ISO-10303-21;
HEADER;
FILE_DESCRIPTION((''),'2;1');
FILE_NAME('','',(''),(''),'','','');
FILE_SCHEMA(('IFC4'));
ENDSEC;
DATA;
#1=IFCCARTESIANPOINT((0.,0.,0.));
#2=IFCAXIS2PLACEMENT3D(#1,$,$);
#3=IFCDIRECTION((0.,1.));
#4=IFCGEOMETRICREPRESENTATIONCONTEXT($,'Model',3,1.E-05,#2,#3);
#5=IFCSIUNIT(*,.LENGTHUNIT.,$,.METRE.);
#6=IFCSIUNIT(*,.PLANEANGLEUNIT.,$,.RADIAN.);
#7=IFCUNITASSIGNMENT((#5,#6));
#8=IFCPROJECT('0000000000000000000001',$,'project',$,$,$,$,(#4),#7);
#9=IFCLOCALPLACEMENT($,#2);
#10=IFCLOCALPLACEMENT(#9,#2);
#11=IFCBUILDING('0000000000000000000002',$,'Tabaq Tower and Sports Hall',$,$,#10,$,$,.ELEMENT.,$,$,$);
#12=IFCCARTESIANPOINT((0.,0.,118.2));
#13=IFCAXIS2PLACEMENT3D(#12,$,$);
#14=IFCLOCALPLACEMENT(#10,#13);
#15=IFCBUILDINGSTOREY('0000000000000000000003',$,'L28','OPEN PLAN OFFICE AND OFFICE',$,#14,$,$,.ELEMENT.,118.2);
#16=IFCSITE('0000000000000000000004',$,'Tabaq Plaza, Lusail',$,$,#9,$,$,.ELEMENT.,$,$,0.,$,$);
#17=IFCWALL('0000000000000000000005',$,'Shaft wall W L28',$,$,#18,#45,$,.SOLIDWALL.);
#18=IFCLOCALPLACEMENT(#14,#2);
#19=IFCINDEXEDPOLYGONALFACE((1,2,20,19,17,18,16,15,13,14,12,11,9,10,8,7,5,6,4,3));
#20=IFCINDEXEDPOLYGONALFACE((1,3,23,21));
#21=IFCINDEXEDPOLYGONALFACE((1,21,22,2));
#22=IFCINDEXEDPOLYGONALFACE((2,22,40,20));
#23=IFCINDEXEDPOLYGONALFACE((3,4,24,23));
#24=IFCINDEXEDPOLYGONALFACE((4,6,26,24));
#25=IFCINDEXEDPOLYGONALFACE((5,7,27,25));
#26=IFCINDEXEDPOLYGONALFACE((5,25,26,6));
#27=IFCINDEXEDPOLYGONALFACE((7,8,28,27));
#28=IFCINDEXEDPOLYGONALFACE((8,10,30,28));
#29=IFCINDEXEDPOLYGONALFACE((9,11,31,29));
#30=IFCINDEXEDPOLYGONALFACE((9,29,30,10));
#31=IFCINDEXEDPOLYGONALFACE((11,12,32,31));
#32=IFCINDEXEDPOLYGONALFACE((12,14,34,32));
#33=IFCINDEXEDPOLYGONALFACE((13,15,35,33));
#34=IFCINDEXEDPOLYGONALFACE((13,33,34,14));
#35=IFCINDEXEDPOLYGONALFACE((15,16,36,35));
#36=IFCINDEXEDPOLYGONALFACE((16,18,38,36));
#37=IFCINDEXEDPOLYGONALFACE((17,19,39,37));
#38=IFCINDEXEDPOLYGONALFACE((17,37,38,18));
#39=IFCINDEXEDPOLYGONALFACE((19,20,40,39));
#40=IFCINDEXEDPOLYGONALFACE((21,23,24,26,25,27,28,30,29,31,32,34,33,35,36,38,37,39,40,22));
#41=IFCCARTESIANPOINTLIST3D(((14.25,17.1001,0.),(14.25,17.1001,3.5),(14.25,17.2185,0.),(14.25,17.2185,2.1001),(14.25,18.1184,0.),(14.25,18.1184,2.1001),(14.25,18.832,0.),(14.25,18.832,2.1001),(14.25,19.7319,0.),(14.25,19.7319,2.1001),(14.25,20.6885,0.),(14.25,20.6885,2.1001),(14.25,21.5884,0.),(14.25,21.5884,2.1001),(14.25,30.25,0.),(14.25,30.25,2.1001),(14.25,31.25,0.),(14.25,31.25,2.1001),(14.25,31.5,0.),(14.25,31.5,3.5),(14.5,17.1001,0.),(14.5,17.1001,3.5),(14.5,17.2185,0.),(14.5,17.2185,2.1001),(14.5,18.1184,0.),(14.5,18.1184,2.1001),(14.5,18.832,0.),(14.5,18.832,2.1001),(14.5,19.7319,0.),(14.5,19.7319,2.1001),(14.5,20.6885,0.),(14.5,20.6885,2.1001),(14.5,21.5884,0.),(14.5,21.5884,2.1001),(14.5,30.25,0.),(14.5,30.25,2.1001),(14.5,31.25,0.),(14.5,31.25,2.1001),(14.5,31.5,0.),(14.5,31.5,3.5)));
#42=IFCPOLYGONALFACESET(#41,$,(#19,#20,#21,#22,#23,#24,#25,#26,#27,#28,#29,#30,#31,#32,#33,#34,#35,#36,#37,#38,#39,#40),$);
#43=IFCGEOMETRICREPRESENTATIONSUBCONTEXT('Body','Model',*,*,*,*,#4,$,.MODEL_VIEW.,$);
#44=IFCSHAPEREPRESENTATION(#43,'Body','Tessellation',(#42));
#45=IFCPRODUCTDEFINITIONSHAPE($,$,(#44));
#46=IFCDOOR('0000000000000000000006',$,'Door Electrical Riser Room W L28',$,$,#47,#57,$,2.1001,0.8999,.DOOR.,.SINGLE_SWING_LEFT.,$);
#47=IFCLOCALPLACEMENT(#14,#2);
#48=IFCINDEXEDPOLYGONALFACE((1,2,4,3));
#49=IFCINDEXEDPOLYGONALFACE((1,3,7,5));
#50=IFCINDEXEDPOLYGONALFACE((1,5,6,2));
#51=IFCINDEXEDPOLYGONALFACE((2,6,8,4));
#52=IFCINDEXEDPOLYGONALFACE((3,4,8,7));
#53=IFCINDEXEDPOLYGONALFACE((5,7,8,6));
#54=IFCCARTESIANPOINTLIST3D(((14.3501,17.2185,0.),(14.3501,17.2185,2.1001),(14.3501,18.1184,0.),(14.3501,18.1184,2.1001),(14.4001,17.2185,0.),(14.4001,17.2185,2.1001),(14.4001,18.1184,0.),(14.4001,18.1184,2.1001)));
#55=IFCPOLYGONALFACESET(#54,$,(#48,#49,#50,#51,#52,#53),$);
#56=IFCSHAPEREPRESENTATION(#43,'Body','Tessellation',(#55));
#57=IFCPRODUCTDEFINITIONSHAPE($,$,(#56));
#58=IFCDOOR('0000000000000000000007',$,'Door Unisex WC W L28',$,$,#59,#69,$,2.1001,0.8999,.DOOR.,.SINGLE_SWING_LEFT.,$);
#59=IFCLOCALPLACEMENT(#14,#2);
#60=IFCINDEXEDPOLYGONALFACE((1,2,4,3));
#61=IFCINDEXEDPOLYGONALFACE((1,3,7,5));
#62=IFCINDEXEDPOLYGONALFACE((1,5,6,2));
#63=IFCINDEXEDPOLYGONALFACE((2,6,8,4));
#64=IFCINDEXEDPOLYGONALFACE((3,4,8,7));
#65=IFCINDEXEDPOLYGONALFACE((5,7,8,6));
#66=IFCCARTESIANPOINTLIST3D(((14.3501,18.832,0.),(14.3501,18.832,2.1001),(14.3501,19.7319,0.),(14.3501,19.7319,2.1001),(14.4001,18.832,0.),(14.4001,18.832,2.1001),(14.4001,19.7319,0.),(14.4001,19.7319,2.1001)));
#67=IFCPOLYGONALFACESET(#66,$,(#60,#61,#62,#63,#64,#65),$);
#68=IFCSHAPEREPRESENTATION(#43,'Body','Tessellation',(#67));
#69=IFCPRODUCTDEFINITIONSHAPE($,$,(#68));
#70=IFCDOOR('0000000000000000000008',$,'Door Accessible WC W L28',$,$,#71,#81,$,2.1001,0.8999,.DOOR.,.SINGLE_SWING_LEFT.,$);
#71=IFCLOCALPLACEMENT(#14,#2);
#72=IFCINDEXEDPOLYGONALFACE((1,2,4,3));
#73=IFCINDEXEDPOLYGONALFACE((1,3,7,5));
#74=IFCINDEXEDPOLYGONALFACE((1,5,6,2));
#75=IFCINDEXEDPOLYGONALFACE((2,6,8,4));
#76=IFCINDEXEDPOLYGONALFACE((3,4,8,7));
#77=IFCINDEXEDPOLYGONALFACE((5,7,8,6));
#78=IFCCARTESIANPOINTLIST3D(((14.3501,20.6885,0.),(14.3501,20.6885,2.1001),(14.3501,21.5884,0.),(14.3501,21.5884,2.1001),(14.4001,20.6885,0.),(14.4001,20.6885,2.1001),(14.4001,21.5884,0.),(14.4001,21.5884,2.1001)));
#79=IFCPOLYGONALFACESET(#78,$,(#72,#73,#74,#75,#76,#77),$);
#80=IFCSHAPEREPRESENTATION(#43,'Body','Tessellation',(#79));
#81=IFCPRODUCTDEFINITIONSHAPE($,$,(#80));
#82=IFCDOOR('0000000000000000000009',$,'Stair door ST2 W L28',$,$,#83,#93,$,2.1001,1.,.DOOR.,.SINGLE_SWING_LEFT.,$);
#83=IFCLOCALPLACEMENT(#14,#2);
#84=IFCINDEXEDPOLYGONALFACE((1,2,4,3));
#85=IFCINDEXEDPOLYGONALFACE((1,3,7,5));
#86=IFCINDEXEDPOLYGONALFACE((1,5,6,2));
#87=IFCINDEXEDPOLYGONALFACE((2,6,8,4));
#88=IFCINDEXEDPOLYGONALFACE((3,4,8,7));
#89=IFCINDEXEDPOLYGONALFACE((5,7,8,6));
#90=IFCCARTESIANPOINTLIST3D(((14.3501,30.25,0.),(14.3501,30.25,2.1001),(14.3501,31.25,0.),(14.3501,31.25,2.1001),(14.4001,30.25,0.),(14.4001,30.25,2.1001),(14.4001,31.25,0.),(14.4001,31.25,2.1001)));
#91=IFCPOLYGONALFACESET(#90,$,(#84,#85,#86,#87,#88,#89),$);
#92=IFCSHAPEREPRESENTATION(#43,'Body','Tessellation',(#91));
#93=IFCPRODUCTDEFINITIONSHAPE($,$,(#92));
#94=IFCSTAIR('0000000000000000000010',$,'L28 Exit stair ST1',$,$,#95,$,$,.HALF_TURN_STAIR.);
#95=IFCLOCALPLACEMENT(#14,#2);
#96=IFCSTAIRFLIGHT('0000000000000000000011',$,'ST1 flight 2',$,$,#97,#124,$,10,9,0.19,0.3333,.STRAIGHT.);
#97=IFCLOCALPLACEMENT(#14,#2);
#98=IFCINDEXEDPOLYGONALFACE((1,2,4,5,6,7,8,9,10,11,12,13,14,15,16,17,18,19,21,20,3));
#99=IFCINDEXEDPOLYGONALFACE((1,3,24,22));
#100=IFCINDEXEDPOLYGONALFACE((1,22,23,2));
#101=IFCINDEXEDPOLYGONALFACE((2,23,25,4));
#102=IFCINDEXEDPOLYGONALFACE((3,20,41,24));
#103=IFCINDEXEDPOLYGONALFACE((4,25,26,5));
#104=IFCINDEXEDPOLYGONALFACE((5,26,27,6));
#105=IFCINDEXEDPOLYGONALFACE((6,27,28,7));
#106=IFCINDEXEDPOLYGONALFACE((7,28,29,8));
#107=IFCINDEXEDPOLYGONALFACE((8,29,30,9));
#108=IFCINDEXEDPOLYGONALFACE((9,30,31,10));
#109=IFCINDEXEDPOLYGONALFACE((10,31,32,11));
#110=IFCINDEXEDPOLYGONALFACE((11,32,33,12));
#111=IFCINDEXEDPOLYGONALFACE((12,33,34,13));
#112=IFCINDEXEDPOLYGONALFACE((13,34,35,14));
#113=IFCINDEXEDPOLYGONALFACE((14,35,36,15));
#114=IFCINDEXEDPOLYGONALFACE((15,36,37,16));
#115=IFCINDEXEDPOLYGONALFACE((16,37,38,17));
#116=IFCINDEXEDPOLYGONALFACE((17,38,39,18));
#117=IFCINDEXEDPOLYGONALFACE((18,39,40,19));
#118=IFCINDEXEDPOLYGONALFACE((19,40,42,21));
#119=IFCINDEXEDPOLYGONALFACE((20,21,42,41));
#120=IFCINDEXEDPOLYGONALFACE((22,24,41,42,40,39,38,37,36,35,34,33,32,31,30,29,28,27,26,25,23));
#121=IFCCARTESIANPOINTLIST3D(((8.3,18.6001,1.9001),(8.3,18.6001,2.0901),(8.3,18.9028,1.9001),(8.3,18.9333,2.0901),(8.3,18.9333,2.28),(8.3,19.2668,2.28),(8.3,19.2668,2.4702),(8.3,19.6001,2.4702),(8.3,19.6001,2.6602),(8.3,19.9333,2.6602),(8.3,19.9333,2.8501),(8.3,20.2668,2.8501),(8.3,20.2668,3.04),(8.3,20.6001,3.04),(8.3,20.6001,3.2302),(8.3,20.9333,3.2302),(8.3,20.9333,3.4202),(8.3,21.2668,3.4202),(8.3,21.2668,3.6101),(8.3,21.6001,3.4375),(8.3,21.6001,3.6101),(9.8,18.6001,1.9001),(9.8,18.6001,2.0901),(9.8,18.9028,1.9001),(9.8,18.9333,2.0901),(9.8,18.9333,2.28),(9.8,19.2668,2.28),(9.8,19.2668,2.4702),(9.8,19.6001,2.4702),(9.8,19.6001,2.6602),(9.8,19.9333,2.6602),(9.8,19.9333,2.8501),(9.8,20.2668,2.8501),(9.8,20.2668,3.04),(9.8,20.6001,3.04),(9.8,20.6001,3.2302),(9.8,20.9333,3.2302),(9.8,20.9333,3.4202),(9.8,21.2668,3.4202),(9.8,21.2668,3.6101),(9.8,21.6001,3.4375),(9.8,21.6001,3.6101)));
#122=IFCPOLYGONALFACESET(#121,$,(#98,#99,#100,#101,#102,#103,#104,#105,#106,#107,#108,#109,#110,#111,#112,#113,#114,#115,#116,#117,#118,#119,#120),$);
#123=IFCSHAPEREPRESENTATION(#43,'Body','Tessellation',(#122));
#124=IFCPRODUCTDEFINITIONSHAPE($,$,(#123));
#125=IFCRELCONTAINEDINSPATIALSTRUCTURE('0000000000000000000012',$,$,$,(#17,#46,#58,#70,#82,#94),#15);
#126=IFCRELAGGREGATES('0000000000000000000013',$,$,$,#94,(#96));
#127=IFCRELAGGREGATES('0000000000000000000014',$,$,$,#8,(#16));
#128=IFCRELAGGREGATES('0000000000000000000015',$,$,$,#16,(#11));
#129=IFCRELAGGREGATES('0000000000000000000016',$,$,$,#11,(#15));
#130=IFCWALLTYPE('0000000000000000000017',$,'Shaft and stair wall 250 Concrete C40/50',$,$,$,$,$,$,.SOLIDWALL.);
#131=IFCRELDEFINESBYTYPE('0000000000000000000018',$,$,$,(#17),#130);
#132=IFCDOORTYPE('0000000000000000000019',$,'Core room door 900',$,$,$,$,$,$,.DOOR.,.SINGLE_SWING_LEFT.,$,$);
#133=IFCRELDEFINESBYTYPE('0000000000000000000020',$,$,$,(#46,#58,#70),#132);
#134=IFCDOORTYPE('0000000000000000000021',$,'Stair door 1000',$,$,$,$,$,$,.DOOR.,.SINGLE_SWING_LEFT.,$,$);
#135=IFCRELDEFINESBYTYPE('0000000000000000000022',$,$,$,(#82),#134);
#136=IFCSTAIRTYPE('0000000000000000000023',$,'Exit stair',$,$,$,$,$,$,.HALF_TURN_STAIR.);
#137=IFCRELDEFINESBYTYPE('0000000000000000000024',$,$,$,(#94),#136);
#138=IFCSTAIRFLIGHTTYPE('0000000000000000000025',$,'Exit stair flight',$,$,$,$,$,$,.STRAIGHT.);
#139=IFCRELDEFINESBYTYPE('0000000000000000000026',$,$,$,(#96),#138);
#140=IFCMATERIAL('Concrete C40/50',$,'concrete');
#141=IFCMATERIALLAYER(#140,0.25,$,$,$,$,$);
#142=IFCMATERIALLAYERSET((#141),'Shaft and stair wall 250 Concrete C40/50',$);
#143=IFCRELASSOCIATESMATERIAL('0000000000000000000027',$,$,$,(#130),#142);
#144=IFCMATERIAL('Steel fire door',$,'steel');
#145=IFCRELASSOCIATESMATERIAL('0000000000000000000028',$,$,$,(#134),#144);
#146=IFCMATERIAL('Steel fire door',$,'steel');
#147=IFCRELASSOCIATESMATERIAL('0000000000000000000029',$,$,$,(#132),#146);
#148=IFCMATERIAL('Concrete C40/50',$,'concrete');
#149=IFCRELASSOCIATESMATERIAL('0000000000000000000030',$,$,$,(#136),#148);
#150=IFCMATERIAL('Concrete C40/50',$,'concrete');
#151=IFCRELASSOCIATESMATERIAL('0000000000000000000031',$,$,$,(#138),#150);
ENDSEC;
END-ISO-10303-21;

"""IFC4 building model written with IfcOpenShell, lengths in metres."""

from ifc_helpers import new_model, si_unit, direction, frame, frame_2d, origin, place, context, subcontext, project, spatial, polyline, rectangle, outline, extrude, material, layer, layer_set, type_object, element, fill, aggregate, save


model = new_model("IFC4")

# Units and contexts
model_context = context("Model", 3, precision=1e-05, world=origin(), true_north=direction((0.0, 1.0)))
body_context = subcontext(model_context, "Body", "Model", "MODEL_VIEW")
ifc_project = project(units=[si_unit("LENGTHUNIT", "METRE"), si_unit("PLANEANGLEUNIT", "RADIAN")], contexts=[model_context])

# Site, building, storey
site_placement = place(None, origin())
site = spatial("IfcSite", under=ifc_project, at=site_placement, Name="Tabaq Plaza, Lusail", CompositionType="ELEMENT", RefElevation=0.0)
building_placement = place(site_placement, origin())
building = spatial("IfcBuilding", under=site, at=building_placement, Name="Tabaq Tower and Sports Hall", CompositionType="ELEMENT")
storey_placement = place(building_placement, frame((0.0, 0.0, 118.2)))
storey = spatial("IfcBuildingStorey", under=building, at=storey_placement, Name="L28", Description="OPEN PLAN OFFICE AND OFFICE", CompositionType="ELEMENT", Elevation=118.2)

# Wall, openings, doors
ifc_material_1 = material(Name="Concrete C40/50", Category="concrete")
ifc_layer_1 = layer(ifc_material_1, 0.25)
ifc_layer_set_1 = layer_set([ifc_layer_1], Name="Shaft and stair wall 250 Concrete C40/50")
wall_type_1 = type_object("IfcWallType", Name="Shaft and stair wall 250 Concrete C40/50", PredefinedType="SOLIDWALL", material=ifc_layer_set_1)
ifc_material_2 = material(Name="Steel fire door", Category="steel")
door_type_1 = type_object("IfcDoorType", Name="Stair door 1000", OperationType="SINGLE_SWING_LEFT", PredefinedType="DOOR", material=ifc_material_2)
wall_1_placement = place(storey_placement, frame((14.375, 17.1001, 0.0), z_axis=(0.0, 0.0, 1.0), x_axis=(0.0, 1.0, 0.0)))
wall_1 = element("IfcWall", 1, at=wall_1_placement, inside=storey, type_object=wall_type_1, Name="Shaft wall W L28", PredefinedType="SOLIDWALL", context=body_context, shape_type="SweptSolid", body=[
    extrude(rectangle(XDim=14.3999, YDim=0.25, at=frame_2d((7.2, 0.0))), origin(), (0.0, 0.0, 1.0), 3.5),
])
opening_1_placement = place(wall_1_placement, frame((13.1499, 0.0, 0.0)))
opening_1 = element("IfcOpeningElement", 2, at=opening_1_placement, cuts=wall_1, PredefinedType="OPENING", context=body_context, shape_type="SweptSolid", body=[
    extrude(rectangle(XDim=1.0, YDim=2.1001, at=frame_2d((0.5, 1.05))), frame((0.0, 0.125, 0.0), z_axis=(0.0, -1.0, 0.0), x_axis=(1.0, 0.0, 0.0)), (0.0, 0.0, 1.0), 0.25),
])
opening_2_placement = place(wall_1_placement, frame((0.1184, 0.0, 0.0)))
opening_2 = element("IfcOpeningElement", 3, at=opening_2_placement, cuts=wall_1, PredefinedType="OPENING", context=body_context, shape_type="SweptSolid", body=[
    extrude(rectangle(XDim=0.8999, YDim=2.1001, at=frame_2d((0.45, 1.05))), frame((0.0, 0.125, 0.0), z_axis=(0.0, -1.0, 0.0), x_axis=(1.0, 0.0, 0.0)), (0.0, 0.0, 1.0), 0.25),
])
opening_3_placement = place(wall_1_placement, frame((1.7319, 0.0, 0.0)))
opening_3 = element("IfcOpeningElement", 4, at=opening_3_placement, cuts=wall_1, PredefinedType="OPENING", context=body_context, shape_type="SweptSolid", body=[
    extrude(rectangle(XDim=0.8999, YDim=2.1001, at=frame_2d((0.45, 1.05))), frame((0.0, 0.125, 0.0), z_axis=(0.0, -1.0, 0.0), x_axis=(1.0, 0.0, 0.0)), (0.0, 0.0, 1.0), 0.25),
])
opening_4_placement = place(wall_1_placement, frame((3.5884, 0.0, 0.0)))
opening_4 = element("IfcOpeningElement", 5, at=opening_4_placement, cuts=wall_1, PredefinedType="OPENING", context=body_context, shape_type="SweptSolid", body=[
    extrude(rectangle(XDim=0.8999, YDim=2.1001, at=frame_2d((0.45, 1.05))), frame((0.0, 0.125, 0.0), z_axis=(0.0, -1.0, 0.0), x_axis=(1.0, 0.0, 0.0)), (0.0, 0.0, 1.0), 0.25),
])
ifc_material_3 = material(Name="Steel fire door", Category="steel")
door_type_2 = type_object("IfcDoorType", Name="Core room door 900", OperationType="SINGLE_SWING_LEFT", PredefinedType="DOOR", material=ifc_material_3)
door_1_placement = place(opening_2_placement, origin())
door_1 = element("IfcDoor", 6, at=door_1_placement, inside=storey, type_object=door_type_2, Name="Door Electrical Riser Room W L28", OperationType="SINGLE_SWING_LEFT", OverallHeight=2.1001, OverallWidth=0.8999, PredefinedType="DOOR", context=body_context, shape_type="SweptSolid", body=[
    extrude(rectangle(XDim=0.8999, YDim=2.1001, at=frame_2d((0.45, 1.05))), frame((0.0, 0.0249, 0.0), z_axis=(0.0, -1.0, 0.0), x_axis=(1.0, 0.0, 0.0)), (0.0, 0.0, 1.0), 0.05),
])
fill(opening_2, door_1)
door_2_placement = place(opening_3_placement, origin())
door_2 = element("IfcDoor", 7, at=door_2_placement, inside=storey, type_object=door_type_2, Name="Door Unisex WC W L28", OperationType="SINGLE_SWING_LEFT", OverallHeight=2.1001, OverallWidth=0.8999, PredefinedType="DOOR", context=body_context, shape_type="SweptSolid", body=[
    extrude(rectangle(XDim=0.8999, YDim=2.1001, at=frame_2d((0.45, 1.05))), frame((0.0, 0.0249, 0.0), z_axis=(0.0, -1.0, 0.0), x_axis=(1.0, 0.0, 0.0)), (0.0, 0.0, 1.0), 0.05),
])
fill(opening_3, door_2)
door_3_placement = place(opening_4_placement, origin())
door_3 = element("IfcDoor", 8, at=door_3_placement, inside=storey, type_object=door_type_2, Name="Door Accessible WC W L28", OperationType="SINGLE_SWING_LEFT", OverallHeight=2.1001, OverallWidth=0.8999, PredefinedType="DOOR", context=body_context, shape_type="SweptSolid", body=[
    extrude(rectangle(XDim=0.8999, YDim=2.1001, at=frame_2d((0.45, 1.05))), frame((0.0, 0.0249, 0.0), z_axis=(0.0, -1.0, 0.0), x_axis=(1.0, 0.0, 0.0)), (0.0, 0.0, 1.0), 0.05),
])
fill(opening_4, door_3)
door_4_placement = place(opening_1_placement, origin())
door_4 = element("IfcDoor", 9, at=door_4_placement, inside=storey, type_object=door_type_1, Name="Stair door ST2 W L28", OperationType="SINGLE_SWING_LEFT", OverallHeight=2.1001, OverallWidth=1.0, PredefinedType="DOOR", context=body_context, shape_type="SweptSolid", body=[
    extrude(rectangle(XDim=1.0, YDim=2.1001, at=frame_2d((0.5, 1.05))), frame((0.0, 0.0249, 0.0), z_axis=(0.0, -1.0, 0.0), x_axis=(1.0, 0.0, 0.0)), (0.0, 0.0, 1.0), 0.05),
])
fill(opening_1, door_4)

# Stair, stair flight
ifc_material_4 = material(Name="Concrete C40/50", Category="concrete")
stair_type = type_object("IfcStairType", Name="Exit stair", PredefinedType="HALF_TURN_STAIR", material=ifc_material_4)
stair_placement = place(storey_placement, origin())
stair = element("IfcStair", 10, at=stair_placement, inside=storey, type_object=stair_type, Name="L28 Exit stair ST1", PredefinedType="HALF_TURN_STAIR")
ifc_material_5 = material(Name="Concrete C40/50", Category="concrete")
stair_flight_type = type_object("IfcStairFlightType", Name="Exit stair flight", PredefinedType="STRAIGHT", material=ifc_material_5)
stair_flight_placement = place(storey_placement, frame((9.05, 18.6001, 1.9001), z_axis=(0.0, 0.0, 1.0), x_axis=(0.0, 1.0, 0.0)))
stair_flight = element("IfcStairFlight", 11, at=stair_flight_placement, type_object=stair_flight_type, Name="ST1 flight 2", NumberOfRisers=10, NumberOfTreads=9, PredefinedType="STRAIGHT", RiserHeight=0.19, TreadLength=0.3333, context=body_context, shape_type="SweptSolid", body=[
    extrude(outline(polyline([(0.0, 0.0), (0.0, 0.1899), (0.3333, 0.1899), (0.3333, 0.3799), (0.6667, 0.3799), (0.6667, 0.5701), (1.0, 0.5701), (1.0, 0.76), (1.3333, 0.76), (1.3333, 0.95), (1.6667, 0.95), (1.6667, 1.1399), (2.0, 1.1399), (2.0, 1.3301), (2.3333, 1.3301), (2.3333, 1.52), (2.6667, 1.52), (2.6667, 1.71), (3.0, 1.71), (3.0, 1.8999), (3.0, 1.5374), (0.3027, 0.0), (0.0, 0.0)])), frame((0.0, 0.75, 0.0), z_axis=(0.0, -1.0, 0.0), x_axis=(1.0, 0.0, 0.0)), (0.0, 0.0, 1.0), 1.5),
])
aggregate(stair, [stair_flight])

save(model, "model.ifc")
